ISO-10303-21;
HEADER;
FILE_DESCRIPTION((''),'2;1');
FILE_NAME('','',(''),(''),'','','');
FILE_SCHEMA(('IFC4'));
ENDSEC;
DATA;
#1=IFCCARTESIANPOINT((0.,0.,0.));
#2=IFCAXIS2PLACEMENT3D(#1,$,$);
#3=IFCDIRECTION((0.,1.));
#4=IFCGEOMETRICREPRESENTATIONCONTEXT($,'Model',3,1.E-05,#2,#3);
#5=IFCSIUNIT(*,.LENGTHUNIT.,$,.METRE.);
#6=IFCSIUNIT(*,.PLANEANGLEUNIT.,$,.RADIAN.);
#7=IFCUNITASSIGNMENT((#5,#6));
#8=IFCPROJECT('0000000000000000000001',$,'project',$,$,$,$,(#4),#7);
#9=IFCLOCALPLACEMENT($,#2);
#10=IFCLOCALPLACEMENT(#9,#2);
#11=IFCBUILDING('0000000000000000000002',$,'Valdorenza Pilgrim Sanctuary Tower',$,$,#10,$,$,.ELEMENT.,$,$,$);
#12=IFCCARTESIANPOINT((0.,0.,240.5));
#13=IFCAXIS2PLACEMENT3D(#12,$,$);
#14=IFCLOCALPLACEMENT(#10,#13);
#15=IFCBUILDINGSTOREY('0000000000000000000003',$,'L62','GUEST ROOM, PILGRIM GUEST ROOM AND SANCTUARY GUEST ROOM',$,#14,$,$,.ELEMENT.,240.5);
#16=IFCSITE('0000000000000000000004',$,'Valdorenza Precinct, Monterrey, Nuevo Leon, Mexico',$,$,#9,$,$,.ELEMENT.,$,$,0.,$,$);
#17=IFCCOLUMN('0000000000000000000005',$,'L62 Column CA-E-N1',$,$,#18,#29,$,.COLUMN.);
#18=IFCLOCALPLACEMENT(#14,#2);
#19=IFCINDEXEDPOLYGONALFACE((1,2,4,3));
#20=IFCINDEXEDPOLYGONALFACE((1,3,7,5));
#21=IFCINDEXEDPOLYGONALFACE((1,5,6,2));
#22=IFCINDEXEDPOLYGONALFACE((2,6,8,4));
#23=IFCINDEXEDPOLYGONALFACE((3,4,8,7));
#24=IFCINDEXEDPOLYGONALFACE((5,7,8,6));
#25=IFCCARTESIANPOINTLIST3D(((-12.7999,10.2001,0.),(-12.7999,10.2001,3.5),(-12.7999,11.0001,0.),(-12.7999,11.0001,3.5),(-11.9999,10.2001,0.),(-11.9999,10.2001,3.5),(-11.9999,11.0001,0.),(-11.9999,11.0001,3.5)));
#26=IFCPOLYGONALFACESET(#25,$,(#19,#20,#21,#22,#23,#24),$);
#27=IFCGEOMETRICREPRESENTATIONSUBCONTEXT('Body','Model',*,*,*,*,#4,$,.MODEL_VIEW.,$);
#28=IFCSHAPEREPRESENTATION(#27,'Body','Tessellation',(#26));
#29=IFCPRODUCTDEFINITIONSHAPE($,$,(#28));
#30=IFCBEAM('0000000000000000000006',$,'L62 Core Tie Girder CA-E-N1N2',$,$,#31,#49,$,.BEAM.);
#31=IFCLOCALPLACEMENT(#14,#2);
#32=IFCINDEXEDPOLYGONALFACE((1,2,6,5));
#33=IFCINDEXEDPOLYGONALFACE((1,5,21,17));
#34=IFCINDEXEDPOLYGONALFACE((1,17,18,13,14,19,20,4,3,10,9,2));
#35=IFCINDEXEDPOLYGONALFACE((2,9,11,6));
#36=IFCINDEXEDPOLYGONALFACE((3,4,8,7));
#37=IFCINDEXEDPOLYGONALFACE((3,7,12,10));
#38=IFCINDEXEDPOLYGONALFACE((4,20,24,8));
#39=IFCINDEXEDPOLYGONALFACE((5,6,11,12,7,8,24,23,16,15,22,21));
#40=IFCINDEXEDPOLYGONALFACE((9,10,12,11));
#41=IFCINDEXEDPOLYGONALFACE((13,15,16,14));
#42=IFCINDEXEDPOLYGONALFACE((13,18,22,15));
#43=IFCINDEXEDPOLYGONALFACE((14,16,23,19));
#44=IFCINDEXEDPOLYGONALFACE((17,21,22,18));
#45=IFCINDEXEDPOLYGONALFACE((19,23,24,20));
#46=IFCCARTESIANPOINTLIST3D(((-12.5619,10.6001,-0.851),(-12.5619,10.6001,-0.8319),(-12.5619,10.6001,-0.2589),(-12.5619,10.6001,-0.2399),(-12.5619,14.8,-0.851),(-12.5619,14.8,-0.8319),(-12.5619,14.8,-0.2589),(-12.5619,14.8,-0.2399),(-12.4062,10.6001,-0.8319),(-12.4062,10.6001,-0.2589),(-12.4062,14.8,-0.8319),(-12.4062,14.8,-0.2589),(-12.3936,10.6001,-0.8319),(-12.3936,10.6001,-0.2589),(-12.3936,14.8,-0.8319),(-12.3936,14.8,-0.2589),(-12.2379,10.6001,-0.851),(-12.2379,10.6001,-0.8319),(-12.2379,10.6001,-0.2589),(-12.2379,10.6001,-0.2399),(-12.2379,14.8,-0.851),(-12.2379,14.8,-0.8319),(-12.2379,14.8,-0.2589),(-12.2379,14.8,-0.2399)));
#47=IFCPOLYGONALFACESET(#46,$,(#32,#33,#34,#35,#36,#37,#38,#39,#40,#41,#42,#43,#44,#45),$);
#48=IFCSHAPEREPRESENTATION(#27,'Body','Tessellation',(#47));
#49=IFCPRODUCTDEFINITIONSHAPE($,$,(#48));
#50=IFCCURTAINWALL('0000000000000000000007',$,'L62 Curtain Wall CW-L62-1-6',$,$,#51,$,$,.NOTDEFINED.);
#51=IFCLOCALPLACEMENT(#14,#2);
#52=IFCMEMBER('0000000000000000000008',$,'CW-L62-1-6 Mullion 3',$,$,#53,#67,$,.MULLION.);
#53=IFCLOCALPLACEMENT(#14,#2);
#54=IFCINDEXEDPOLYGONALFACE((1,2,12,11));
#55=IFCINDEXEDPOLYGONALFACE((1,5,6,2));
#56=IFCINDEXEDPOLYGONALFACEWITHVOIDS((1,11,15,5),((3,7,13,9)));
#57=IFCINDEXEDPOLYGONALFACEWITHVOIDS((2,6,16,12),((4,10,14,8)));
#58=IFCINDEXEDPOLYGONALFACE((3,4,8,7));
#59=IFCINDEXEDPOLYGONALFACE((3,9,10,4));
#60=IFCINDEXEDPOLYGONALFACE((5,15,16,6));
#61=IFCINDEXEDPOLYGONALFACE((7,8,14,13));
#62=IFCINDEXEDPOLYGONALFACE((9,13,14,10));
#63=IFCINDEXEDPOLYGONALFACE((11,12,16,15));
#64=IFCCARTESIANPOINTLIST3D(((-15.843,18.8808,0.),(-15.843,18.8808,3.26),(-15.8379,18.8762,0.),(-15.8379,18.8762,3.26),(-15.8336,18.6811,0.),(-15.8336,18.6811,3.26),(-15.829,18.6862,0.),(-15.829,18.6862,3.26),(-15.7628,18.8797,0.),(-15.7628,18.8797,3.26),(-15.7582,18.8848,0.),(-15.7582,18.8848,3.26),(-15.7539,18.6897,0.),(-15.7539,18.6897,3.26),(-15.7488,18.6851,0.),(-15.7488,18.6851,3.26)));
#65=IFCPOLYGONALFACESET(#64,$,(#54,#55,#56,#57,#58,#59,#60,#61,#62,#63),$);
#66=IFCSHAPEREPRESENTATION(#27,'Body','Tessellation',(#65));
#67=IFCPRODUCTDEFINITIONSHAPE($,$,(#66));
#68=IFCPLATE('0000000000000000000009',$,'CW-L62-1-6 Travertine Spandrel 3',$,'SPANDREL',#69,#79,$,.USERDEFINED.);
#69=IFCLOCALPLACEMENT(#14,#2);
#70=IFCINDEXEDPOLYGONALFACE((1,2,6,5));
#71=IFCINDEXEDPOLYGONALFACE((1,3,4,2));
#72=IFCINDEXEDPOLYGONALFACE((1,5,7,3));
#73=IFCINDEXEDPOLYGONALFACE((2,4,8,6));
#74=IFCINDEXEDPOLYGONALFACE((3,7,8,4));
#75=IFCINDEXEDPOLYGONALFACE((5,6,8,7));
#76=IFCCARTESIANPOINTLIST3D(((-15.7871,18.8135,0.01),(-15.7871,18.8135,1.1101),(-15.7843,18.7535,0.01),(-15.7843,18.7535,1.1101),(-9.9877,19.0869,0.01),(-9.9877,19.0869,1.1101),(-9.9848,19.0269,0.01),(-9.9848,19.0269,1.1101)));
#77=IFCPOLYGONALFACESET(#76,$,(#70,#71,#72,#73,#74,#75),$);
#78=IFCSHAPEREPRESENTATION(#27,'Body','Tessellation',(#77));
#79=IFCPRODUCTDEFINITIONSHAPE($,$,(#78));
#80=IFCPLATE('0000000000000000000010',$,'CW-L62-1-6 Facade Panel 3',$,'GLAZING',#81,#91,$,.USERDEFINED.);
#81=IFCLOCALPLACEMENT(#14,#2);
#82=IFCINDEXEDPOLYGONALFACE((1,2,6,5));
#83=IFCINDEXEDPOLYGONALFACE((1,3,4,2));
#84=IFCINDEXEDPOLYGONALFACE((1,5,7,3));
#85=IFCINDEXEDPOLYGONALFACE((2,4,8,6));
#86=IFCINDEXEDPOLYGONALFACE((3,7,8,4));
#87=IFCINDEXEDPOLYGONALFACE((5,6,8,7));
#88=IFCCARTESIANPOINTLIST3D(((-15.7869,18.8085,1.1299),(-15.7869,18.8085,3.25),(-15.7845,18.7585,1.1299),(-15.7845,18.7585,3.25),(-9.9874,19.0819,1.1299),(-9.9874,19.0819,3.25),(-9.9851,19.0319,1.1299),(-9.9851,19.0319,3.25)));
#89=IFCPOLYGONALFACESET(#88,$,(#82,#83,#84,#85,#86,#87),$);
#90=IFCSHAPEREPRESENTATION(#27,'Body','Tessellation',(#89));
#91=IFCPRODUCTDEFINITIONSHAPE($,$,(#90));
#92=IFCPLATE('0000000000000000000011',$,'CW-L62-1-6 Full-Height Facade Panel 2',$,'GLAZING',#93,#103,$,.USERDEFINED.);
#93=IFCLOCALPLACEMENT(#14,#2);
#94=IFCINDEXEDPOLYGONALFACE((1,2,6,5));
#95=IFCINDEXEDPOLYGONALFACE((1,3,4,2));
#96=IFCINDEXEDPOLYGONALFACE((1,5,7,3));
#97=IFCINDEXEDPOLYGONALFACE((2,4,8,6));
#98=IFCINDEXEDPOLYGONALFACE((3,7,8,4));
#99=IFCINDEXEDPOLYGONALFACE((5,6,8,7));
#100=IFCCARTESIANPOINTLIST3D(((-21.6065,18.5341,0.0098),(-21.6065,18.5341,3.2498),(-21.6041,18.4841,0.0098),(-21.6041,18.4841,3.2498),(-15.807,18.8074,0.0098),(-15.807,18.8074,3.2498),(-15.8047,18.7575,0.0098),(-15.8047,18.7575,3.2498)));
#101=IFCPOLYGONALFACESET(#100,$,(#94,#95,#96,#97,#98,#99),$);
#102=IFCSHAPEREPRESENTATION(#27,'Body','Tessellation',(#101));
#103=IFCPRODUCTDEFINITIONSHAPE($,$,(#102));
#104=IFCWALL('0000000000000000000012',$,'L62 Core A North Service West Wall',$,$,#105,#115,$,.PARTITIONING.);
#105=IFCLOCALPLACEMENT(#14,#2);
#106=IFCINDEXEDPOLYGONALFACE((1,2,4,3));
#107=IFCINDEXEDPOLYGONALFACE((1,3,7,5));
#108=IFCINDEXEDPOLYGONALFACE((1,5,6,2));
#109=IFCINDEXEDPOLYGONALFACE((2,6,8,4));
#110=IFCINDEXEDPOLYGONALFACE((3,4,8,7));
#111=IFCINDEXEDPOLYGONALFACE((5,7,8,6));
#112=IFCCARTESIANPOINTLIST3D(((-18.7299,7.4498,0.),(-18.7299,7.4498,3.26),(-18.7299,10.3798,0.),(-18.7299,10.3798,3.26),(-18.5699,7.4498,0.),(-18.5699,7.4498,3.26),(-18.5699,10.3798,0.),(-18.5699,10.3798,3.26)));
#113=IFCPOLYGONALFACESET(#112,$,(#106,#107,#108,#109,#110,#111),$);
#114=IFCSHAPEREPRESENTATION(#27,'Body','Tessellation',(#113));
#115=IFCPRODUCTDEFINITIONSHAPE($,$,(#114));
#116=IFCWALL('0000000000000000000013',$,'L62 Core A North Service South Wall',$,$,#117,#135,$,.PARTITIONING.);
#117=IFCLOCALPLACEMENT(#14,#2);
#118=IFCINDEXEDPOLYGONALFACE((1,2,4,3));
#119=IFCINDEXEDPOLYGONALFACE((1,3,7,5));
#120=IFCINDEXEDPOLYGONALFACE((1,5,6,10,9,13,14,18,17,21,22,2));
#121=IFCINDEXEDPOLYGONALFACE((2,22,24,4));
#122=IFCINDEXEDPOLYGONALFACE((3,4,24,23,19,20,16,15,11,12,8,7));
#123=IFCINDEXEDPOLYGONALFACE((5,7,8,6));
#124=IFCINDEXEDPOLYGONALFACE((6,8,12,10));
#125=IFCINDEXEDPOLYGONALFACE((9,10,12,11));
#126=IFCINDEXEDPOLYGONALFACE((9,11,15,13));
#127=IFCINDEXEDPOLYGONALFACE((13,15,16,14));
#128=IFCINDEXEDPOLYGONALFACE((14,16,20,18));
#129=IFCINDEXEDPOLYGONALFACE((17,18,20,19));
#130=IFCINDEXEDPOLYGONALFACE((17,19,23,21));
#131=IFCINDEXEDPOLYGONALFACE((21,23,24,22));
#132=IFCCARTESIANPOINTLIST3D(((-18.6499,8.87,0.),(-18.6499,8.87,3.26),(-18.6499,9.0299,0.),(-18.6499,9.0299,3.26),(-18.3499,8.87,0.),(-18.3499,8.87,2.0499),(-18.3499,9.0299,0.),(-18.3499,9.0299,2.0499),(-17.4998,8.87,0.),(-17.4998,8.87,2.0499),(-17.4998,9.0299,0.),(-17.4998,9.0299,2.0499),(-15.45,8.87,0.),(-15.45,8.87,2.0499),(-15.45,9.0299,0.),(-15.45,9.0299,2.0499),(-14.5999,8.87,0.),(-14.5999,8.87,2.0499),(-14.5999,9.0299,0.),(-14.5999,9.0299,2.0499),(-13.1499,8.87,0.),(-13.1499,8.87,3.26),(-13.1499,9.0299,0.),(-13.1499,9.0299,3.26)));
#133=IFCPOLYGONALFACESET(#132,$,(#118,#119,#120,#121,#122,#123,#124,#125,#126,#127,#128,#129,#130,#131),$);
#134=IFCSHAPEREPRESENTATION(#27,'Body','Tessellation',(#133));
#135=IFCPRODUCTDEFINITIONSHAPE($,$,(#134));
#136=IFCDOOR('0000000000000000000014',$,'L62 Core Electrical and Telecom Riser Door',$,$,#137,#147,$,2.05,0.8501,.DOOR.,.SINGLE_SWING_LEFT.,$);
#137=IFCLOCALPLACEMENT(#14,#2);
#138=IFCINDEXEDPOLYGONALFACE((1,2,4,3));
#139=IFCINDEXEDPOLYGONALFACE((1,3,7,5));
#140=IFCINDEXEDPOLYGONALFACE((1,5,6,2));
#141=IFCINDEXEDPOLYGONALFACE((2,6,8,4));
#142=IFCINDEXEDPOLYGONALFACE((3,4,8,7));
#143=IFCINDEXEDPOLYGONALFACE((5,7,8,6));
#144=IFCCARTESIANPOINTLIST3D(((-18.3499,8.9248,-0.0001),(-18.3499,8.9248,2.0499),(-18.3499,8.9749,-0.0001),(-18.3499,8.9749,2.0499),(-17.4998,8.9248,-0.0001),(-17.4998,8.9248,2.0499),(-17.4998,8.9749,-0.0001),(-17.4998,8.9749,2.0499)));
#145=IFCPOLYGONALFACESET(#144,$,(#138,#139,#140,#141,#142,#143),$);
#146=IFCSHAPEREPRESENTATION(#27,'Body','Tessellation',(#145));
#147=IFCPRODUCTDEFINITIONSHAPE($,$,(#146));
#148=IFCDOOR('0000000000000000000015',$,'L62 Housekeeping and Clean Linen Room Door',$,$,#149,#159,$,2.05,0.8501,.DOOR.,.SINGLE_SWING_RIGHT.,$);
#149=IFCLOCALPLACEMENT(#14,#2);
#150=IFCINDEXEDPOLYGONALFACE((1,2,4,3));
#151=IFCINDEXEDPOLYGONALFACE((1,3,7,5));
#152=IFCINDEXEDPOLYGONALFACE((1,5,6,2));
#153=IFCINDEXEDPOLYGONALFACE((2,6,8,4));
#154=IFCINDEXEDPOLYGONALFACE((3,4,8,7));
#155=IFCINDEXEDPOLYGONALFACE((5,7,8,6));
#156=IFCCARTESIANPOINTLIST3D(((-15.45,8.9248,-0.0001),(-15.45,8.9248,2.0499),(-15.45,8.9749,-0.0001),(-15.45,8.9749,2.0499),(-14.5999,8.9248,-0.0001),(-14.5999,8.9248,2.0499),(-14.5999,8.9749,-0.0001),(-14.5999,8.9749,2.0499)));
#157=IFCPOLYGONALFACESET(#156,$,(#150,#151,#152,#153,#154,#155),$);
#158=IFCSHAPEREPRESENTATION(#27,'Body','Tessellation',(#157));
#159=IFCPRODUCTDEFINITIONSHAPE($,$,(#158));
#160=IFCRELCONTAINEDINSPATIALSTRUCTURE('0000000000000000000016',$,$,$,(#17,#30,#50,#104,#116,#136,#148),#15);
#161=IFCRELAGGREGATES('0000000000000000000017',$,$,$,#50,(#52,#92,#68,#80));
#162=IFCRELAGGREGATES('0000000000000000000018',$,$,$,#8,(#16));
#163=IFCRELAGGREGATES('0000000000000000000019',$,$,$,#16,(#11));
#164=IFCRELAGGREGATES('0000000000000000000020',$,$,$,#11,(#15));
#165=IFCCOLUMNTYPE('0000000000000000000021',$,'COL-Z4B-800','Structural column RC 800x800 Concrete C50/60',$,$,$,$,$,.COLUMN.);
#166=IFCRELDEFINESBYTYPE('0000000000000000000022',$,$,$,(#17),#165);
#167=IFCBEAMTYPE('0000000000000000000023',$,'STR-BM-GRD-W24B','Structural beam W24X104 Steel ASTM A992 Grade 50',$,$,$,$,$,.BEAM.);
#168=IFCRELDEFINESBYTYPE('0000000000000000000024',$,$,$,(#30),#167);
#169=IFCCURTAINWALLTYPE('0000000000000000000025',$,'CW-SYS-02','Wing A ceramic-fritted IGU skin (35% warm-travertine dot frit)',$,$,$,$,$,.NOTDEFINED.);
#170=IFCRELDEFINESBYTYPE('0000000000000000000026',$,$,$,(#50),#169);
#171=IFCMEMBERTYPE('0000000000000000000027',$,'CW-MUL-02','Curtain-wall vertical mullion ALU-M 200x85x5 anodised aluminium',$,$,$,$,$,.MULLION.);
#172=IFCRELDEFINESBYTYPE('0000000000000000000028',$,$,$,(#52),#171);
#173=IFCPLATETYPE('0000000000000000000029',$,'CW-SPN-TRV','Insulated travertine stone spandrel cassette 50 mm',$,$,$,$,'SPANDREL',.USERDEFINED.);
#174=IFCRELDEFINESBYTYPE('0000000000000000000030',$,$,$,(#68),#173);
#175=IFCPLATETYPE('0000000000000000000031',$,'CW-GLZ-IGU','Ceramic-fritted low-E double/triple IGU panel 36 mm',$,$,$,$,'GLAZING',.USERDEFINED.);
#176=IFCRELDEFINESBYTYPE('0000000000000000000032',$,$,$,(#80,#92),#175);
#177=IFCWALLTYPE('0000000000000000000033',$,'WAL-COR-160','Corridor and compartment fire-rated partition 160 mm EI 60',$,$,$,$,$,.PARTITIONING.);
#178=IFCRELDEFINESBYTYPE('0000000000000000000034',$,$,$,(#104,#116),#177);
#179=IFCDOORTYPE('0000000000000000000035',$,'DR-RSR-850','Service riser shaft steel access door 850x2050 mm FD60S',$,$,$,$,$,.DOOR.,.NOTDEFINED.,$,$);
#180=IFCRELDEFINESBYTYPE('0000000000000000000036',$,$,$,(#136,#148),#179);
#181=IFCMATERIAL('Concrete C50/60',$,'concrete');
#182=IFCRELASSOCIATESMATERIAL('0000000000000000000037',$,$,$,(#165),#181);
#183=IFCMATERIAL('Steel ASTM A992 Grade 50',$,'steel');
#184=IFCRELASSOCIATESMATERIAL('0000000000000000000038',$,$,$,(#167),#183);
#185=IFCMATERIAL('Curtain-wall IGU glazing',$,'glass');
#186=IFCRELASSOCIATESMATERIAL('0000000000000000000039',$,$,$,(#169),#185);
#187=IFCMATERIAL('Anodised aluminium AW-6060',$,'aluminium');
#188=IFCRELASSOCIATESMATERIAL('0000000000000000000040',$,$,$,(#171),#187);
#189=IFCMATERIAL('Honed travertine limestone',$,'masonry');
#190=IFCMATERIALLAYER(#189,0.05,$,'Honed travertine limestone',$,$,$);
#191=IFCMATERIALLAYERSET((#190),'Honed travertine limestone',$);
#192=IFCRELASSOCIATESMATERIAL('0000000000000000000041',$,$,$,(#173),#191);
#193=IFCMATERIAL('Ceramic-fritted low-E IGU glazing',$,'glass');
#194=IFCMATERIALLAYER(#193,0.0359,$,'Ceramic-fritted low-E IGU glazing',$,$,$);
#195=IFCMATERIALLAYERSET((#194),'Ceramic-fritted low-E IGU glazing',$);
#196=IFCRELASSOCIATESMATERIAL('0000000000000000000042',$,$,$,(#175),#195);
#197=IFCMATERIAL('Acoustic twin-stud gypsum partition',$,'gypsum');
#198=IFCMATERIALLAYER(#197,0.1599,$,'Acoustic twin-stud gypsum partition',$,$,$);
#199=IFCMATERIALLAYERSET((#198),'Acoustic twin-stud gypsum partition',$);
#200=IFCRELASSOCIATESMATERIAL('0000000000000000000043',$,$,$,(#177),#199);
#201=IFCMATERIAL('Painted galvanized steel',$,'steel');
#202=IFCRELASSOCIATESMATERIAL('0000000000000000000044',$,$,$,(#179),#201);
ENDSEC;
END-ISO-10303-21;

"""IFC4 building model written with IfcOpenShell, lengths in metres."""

from ifc_helpers import new_model, si_unit, direction, frame, frame_2d, origin, origin_2d, place, context, subcontext, project, spatial, rectangle, hollow_rectangle, i_section, extrude, source, transform, mapped, material, layer, layer_set, material_profile, profile_set, type_object, element, fill, aggregate, save


model = new_model("IFC4")

# Units and contexts
model_context = context("Model", 3, precision=1e-05, world=origin(), true_north=direction((0.0, 1.0)))
body_context = subcontext(model_context, "Body", "Model", "MODEL_VIEW")
ifc_project = project(units=[si_unit("LENGTHUNIT", "METRE"), si_unit("PLANEANGLEUNIT", "RADIAN")], contexts=[model_context])

# Site, building, storey
site_placement = place(None, origin())
site = spatial("IfcSite", under=ifc_project, at=site_placement, Name="Valdorenza Precinct, Monterrey, Nuevo Leon, Mexico", CompositionType="ELEMENT", RefElevation=0.0)
building_placement = place(site_placement, origin())
building = spatial("IfcBuilding", under=site, at=building_placement, Name="Valdorenza Pilgrim Sanctuary Tower", CompositionType="ELEMENT")
storey_placement = place(building_placement, frame((0.0, 0.0, 240.5)))
storey = spatial("IfcBuildingStorey", under=building, at=storey_placement, Name="L62", Description="GUEST ROOM, PILGRIM GUEST ROOM AND SANCTUARY GUEST ROOM", CompositionType="ELEMENT", Elevation=240.5)

# Column
ifc_material_1 = material(Name="Concrete C50/60", Category="concrete")
ifc_material_profile_1 = material_profile(ifc_material_1, rectangle(XDim=0.8, YDim=0.8, at=origin_2d()), Name="RC 800x800")
ifc_profile_set_1 = profile_set([ifc_material_profile_1], Name="Concrete C50/60")
column_type = type_object("IfcColumnType", Name="COL-Z4B-800", Description="Structural column RC 800x800 Concrete C50/60", PredefinedType="COLUMN", material=ifc_profile_set_1)
shared_shape_1 = source(origin(), body_context, "Body", "SweptSolid", [
    extrude(rectangle(XDim=0.8, YDim=0.8, at=origin_2d()), origin(), (0.0, 0.0, 1.0), 3.5),
])
column_placement = place(storey_placement, frame((-12.3999, 10.6001, 0.0), z_axis=(0.0, 0.0, 1.0), x_axis=(1.0, 0.0, 0.0)))
element("IfcColumn", 1, at=column_placement, inside=storey, type_object=column_type, Name="L62 Column CA-E-N1", PredefinedType="COLUMN", context=body_context, shape_type="MappedRepresentation", body=[
    mapped(shared_shape_1, transform((0.0, 0.0, 0.0), x_axis=(1.0, 0.0, 0.0), y_axis=(0.0, 1.0, 0.0), z_axis=(0.0, 0.0, 1.0), scale=1.0)),
])

# Beam
ifc_material_2 = material(Name="Steel ASTM A992 Grade 50", Category="steel")
ifc_material_profile_2 = material_profile(ifc_material_2, i_section(OverallWidth=0.324, OverallDepth=0.6111, WebThickness=0.0127, FlangeThickness=0.019, at=origin_2d()), Name="W24X104")
ifc_profile_set_2 = profile_set([ifc_material_profile_2], Name="Steel ASTM A992 Grade 50")
beam_type = type_object("IfcBeamType", Name="STR-BM-GRD-W24B", Description="Structural beam W24X104 Steel ASTM A992 Grade 50", PredefinedType="BEAM", material=ifc_profile_set_2)
shared_shape_2 = source(origin(), body_context, "Body", "SweptSolid", [
    extrude(i_section(OverallWidth=0.324, OverallDepth=0.6111, WebThickness=0.0127, FlangeThickness=0.019, at=origin_2d()), origin(), (0.0, 0.0, 1.0), 4.2),
])
beam_placement = place(storey_placement, frame((-12.3999, 10.6001, -0.5454), z_axis=(0.0, 1.0, 0.0), x_axis=(-1.0, 0.0, 0.0)))
element("IfcBeam", 2, at=beam_placement, inside=storey, type_object=beam_type, Name="L62 Core Tie Girder CA-E-N1N2", PredefinedType="BEAM", context=body_context, shape_type="MappedRepresentation", body=[
    mapped(shared_shape_2, transform((0.0, 0.0, 0.0), x_axis=(1.0, 0.0, 0.0), y_axis=(0.0, 1.0, 0.0), z_axis=(0.0, 0.0, 1.0), scale=1.0)),
])

# Curtain wall, member, plates
ifc_material_3 = material(Name="Curtain-wall IGU glazing", Category="glass")
curtain_wall_type = type_object("IfcCurtainWallType", Name="CW-SYS-02", Description="Wing A ceramic-fritted IGU skin (35% warm-travertine dot frit)", PredefinedType="NOTDEFINED", material=ifc_material_3)
curtain_wall_placement = place(storey_placement, origin())
curtain_wall = element("IfcCurtainWall", 3, at=curtain_wall_placement, inside=storey, type_object=curtain_wall_type, Name="L62 Curtain Wall CW-L62-1-6", PredefinedType="NOTDEFINED")
ifc_material_4 = material(Name="Anodised aluminium AW-6060", Category="aluminium")
ifc_material_profile_3 = material_profile(ifc_material_4, hollow_rectangle(XDim=0.085, YDim=0.2, WallThickness=0.0049, at=origin_2d()), Name="ALU-M 200x85x5")
ifc_profile_set_3 = profile_set([ifc_material_profile_3], Name="Anodised aluminium AW-6060")
member_type = type_object("IfcMemberType", Name="CW-MUL-02", Description="Curtain-wall vertical mullion ALU-M 200x85x5 anodised aluminium", PredefinedType="MULLION", material=ifc_profile_set_3)
shared_shape_3 = source(origin(), body_context, "Body", "SweptSolid", [
    extrude(hollow_rectangle(XDim=0.085, YDim=0.2, WallThickness=0.0049, at=origin_2d()), origin(), (0.0, 0.0, 1.0), 3.26),
])
member_placement = place(storey_placement, frame((-15.7959, 18.783, 0.0), z_axis=(0.0, 0.0, 1.0), x_axis=(0.998891, 0.047089, 0.0)))
member = element("IfcMember", 4, at=member_placement, type_object=member_type, Name="CW-L62-1-6 Mullion 3", PredefinedType="MULLION", context=body_context, shape_type="MappedRepresentation", body=[
    mapped(shared_shape_3, transform((0.0, 0.0, 0.0), x_axis=(1.0, 0.0, 0.0), y_axis=(0.0, 1.0, 0.0), z_axis=(0.0, 0.0, 1.0), scale=1.0)),
])
ifc_material_5 = material(Name="Honed travertine limestone", Category="masonry")
ifc_layer_1 = layer(ifc_material_5, 0.05, Name="Honed travertine limestone")
ifc_layer_set_1 = layer_set([ifc_layer_1], Name="Honed travertine limestone")
plate_type_1 = type_object("IfcPlateType", Name="CW-SPN-TRV", Description="Insulated travertine stone spandrel cassette 50 mm", ElementType="SPANDREL", PredefinedType="USERDEFINED", material=ifc_layer_set_1)
shared_shape_4 = source(origin(), body_context, "Body", "SweptSolid", [
    extrude(rectangle(XDim=5.8059, YDim=0.0601, at=origin_2d()), origin(), (0.0, 0.0, 1.0), 1.1001),
])
plate_1_placement = place(storey_placement, frame((-12.886, 18.9202, 0.01), z_axis=(0.0, 0.0, 1.0), x_axis=(0.998891, 0.047089, 0.0)))
plate_1 = element("IfcPlate", 5, at=plate_1_placement, type_object=plate_type_1, Name="CW-L62-1-6 Travertine Spandrel 3", ObjectType="SPANDREL", PredefinedType="USERDEFINED", context=body_context, shape_type="MappedRepresentation", body=[
    mapped(shared_shape_4, transform((0.0, 0.0, 0.0), x_axis=(1.0, 0.0, 0.0), y_axis=(0.0, 1.0, 0.0), z_axis=(0.0, 0.0, 1.0), scale=1.0)),
])
ifc_material_6 = material(Name="Ceramic-fritted low-E IGU glazing", Category="glass")
ifc_layer_2 = layer(ifc_material_6, 0.0359, Name="Ceramic-fritted low-E IGU glazing")
ifc_layer_set_2 = layer_set([ifc_layer_2], Name="Ceramic-fritted low-E IGU glazing")
plate_type_2 = type_object("IfcPlateType", Name="CW-GLZ-IGU", Description="Ceramic-fritted low-E double/triple IGU panel 36 mm", ElementType="GLAZING", PredefinedType="USERDEFINED", material=ifc_layer_set_2)
shared_shape_5 = source(origin(), body_context, "Body", "SweptSolid", [
    extrude(rectangle(XDim=5.8059, YDim=0.05, at=origin_2d()), origin(), (0.0, 0.0, 1.0), 2.1201),
])
plate_2_placement = place(storey_placement, frame((-12.886, 18.9202, 1.1299), z_axis=(0.0, 0.0, 1.0), x_axis=(0.998891, 0.047089, 0.0)))
plate_2 = element("IfcPlate", 6, at=plate_2_placement, type_object=plate_type_2, Name="CW-L62-1-6 Facade Panel 3", ObjectType="GLAZING", PredefinedType="USERDEFINED", context=body_context, shape_type="MappedRepresentation", body=[
    mapped(shared_shape_5, transform((0.0, 0.0, 0.0), x_axis=(1.0, 0.0, 0.0), y_axis=(0.0, 1.0, 0.0), z_axis=(0.0, 0.0, 1.0), scale=1.0)),
])
shared_shape_6 = source(origin(), body_context, "Body", "SweptSolid", [
    extrude(rectangle(XDim=5.8059, YDim=0.05, at=origin_2d()), origin(), (0.0, 0.0, 1.0), 3.24),
])
plate_3_placement = place(storey_placement, frame((-18.7056, 18.6458, 0.0098), z_axis=(0.0, 0.0, 1.0), x_axis=(0.998891, 0.047089, 0.0)))
plate_3 = element("IfcPlate", 7, at=plate_3_placement, type_object=plate_type_2, Name="CW-L62-1-6 Full-Height Facade Panel 2", ObjectType="GLAZING", PredefinedType="USERDEFINED", context=body_context, shape_type="MappedRepresentation", body=[
    mapped(shared_shape_6, transform((0.0, 0.0, 0.0), x_axis=(1.0, 0.0, 0.0), y_axis=(0.0, 1.0, 0.0), z_axis=(0.0, 0.0, 1.0), scale=1.0)),
])
aggregate(curtain_wall, [member, plate_3, plate_1, plate_2])

# Wall
ifc_material_7 = material(Name="Acoustic twin-stud gypsum partition", Category="gypsum")
ifc_layer_3 = layer(ifc_material_7, 0.1599, Name="Acoustic twin-stud gypsum partition")
ifc_layer_set_3 = layer_set([ifc_layer_3], Name="Acoustic twin-stud gypsum partition")
wall_type_1 = type_object("IfcWallType", Name="WAL-COR-160", Description="Corridor and compartment fire-rated partition 160 mm EI 60", PredefinedType="PARTITIONING", material=ifc_layer_set_3)
wall_1_placement = place(storey_placement, frame((-18.6499, 7.45, 0.0), z_axis=(0.0, 0.0, 1.0), x_axis=(0.0, 1.0, 0.0)))
element("IfcWall", 8, at=wall_1_placement, inside=storey, type_object=wall_type_1, Name="L62 Core A North Service West Wall", PredefinedType="PARTITIONING", context=body_context, shape_type="SweptSolid", body=[
    extrude(rectangle(XDim=2.9299, YDim=0.1599, at=frame_2d((1.4648, 0.0))), origin(), (0.0, 0.0, 1.0), 3.26),
])

# Wall, openings, doors
wall_2_placement = place(storey_placement, frame((-18.6499, 8.95, 0.0), z_axis=(0.0, 0.0, 1.0), x_axis=(1.0, 0.0, 0.0)))
wall_2 = element("IfcWall", 9, at=wall_2_placement, inside=storey, type_object=wall_type_1, Name="L62 Core A North Service South Wall", PredefinedType="PARTITIONING", context=body_context, shape_type="SweptSolid", body=[
    extrude(rectangle(XDim=5.5, YDim=0.1599, at=frame_2d((2.75, 0.0))), origin(), (0.0, 0.0, 1.0), 3.26),
])
opening_1_placement = place(wall_2_placement, frame((0.3, 0.0, 0.0)))
opening_1 = element("IfcOpeningElement", 10, at=opening_1_placement, cuts=wall_2, PredefinedType="OPENING", context=body_context, shape_type="SweptSolid", body=[
    extrude(rectangle(XDim=0.8501, YDim=2.05, at=frame_2d((0.425, 1.0249))), frame((0.0, 0.0947, 0.0), z_axis=(0.0, -1.0, 0.0), x_axis=(1.0, 0.0, 0.0)), (0.0, 0.0, 1.0), 0.1897),
])
opening_2_placement = place(wall_2_placement, frame((3.2, 0.0, 0.0)))
opening_2 = element("IfcOpeningElement", 11, at=opening_2_placement, cuts=wall_2, PredefinedType="OPENING", context=body_context, shape_type="SweptSolid", body=[
    extrude(rectangle(XDim=0.8501, YDim=2.05, at=frame_2d((0.425, 1.0249))), frame((0.0, 0.0947, 0.0), z_axis=(0.0, -1.0, 0.0), x_axis=(1.0, 0.0, 0.0)), (0.0, 0.0, 1.0), 0.1897),
])
ifc_material_8 = material(Name="Painted galvanized steel", Category="steel")
door_type_1 = type_object("IfcDoorType", Name="DR-RSR-850", Description="Service riser shaft steel access door 850x2050 mm FD60S", OperationType="NOTDEFINED", PredefinedType="DOOR", material=ifc_material_8)
door_1_placement = place(opening_1_placement, origin())
door_1 = element("IfcDoor", 12, at=door_1_placement, inside=storey, type_object=door_type_1, Name="L62 Core Electrical and Telecom Riser Door", OperationType="SINGLE_SWING_LEFT", OverallHeight=2.05, OverallWidth=0.8501, PredefinedType="DOOR", context=body_context, shape_type="SweptSolid", body=[
    extrude(rectangle(XDim=0.8501, YDim=2.05, at=frame_2d((0.425, 1.0249))), frame((0.0, 0.0249, 0.0), z_axis=(0.0, -1.0, 0.0), x_axis=(1.0, 0.0, 0.0)), (0.0, 0.0, 1.0), 0.05),
])
fill(opening_1, door_1)
door_2_placement = place(opening_2_placement, origin())
door_2 = element("IfcDoor", 13, at=door_2_placement, inside=storey, type_object=door_type_1, Name="L62 Housekeeping and Clean Linen Room Door", OperationType="SINGLE_SWING_RIGHT", OverallHeight=2.05, OverallWidth=0.8501, PredefinedType="DOOR", context=body_context, shape_type="SweptSolid", body=[
    extrude(rectangle(XDim=0.8501, YDim=2.05, at=frame_2d((0.425, 1.0249))), frame((0.0, 0.0249, 0.0), z_axis=(0.0, -1.0, 0.0), x_axis=(1.0, 0.0, 0.0)), (0.0, 0.0, 1.0), 0.05),
])
fill(opening_2, door_2)

save(model, "model.ifc")
